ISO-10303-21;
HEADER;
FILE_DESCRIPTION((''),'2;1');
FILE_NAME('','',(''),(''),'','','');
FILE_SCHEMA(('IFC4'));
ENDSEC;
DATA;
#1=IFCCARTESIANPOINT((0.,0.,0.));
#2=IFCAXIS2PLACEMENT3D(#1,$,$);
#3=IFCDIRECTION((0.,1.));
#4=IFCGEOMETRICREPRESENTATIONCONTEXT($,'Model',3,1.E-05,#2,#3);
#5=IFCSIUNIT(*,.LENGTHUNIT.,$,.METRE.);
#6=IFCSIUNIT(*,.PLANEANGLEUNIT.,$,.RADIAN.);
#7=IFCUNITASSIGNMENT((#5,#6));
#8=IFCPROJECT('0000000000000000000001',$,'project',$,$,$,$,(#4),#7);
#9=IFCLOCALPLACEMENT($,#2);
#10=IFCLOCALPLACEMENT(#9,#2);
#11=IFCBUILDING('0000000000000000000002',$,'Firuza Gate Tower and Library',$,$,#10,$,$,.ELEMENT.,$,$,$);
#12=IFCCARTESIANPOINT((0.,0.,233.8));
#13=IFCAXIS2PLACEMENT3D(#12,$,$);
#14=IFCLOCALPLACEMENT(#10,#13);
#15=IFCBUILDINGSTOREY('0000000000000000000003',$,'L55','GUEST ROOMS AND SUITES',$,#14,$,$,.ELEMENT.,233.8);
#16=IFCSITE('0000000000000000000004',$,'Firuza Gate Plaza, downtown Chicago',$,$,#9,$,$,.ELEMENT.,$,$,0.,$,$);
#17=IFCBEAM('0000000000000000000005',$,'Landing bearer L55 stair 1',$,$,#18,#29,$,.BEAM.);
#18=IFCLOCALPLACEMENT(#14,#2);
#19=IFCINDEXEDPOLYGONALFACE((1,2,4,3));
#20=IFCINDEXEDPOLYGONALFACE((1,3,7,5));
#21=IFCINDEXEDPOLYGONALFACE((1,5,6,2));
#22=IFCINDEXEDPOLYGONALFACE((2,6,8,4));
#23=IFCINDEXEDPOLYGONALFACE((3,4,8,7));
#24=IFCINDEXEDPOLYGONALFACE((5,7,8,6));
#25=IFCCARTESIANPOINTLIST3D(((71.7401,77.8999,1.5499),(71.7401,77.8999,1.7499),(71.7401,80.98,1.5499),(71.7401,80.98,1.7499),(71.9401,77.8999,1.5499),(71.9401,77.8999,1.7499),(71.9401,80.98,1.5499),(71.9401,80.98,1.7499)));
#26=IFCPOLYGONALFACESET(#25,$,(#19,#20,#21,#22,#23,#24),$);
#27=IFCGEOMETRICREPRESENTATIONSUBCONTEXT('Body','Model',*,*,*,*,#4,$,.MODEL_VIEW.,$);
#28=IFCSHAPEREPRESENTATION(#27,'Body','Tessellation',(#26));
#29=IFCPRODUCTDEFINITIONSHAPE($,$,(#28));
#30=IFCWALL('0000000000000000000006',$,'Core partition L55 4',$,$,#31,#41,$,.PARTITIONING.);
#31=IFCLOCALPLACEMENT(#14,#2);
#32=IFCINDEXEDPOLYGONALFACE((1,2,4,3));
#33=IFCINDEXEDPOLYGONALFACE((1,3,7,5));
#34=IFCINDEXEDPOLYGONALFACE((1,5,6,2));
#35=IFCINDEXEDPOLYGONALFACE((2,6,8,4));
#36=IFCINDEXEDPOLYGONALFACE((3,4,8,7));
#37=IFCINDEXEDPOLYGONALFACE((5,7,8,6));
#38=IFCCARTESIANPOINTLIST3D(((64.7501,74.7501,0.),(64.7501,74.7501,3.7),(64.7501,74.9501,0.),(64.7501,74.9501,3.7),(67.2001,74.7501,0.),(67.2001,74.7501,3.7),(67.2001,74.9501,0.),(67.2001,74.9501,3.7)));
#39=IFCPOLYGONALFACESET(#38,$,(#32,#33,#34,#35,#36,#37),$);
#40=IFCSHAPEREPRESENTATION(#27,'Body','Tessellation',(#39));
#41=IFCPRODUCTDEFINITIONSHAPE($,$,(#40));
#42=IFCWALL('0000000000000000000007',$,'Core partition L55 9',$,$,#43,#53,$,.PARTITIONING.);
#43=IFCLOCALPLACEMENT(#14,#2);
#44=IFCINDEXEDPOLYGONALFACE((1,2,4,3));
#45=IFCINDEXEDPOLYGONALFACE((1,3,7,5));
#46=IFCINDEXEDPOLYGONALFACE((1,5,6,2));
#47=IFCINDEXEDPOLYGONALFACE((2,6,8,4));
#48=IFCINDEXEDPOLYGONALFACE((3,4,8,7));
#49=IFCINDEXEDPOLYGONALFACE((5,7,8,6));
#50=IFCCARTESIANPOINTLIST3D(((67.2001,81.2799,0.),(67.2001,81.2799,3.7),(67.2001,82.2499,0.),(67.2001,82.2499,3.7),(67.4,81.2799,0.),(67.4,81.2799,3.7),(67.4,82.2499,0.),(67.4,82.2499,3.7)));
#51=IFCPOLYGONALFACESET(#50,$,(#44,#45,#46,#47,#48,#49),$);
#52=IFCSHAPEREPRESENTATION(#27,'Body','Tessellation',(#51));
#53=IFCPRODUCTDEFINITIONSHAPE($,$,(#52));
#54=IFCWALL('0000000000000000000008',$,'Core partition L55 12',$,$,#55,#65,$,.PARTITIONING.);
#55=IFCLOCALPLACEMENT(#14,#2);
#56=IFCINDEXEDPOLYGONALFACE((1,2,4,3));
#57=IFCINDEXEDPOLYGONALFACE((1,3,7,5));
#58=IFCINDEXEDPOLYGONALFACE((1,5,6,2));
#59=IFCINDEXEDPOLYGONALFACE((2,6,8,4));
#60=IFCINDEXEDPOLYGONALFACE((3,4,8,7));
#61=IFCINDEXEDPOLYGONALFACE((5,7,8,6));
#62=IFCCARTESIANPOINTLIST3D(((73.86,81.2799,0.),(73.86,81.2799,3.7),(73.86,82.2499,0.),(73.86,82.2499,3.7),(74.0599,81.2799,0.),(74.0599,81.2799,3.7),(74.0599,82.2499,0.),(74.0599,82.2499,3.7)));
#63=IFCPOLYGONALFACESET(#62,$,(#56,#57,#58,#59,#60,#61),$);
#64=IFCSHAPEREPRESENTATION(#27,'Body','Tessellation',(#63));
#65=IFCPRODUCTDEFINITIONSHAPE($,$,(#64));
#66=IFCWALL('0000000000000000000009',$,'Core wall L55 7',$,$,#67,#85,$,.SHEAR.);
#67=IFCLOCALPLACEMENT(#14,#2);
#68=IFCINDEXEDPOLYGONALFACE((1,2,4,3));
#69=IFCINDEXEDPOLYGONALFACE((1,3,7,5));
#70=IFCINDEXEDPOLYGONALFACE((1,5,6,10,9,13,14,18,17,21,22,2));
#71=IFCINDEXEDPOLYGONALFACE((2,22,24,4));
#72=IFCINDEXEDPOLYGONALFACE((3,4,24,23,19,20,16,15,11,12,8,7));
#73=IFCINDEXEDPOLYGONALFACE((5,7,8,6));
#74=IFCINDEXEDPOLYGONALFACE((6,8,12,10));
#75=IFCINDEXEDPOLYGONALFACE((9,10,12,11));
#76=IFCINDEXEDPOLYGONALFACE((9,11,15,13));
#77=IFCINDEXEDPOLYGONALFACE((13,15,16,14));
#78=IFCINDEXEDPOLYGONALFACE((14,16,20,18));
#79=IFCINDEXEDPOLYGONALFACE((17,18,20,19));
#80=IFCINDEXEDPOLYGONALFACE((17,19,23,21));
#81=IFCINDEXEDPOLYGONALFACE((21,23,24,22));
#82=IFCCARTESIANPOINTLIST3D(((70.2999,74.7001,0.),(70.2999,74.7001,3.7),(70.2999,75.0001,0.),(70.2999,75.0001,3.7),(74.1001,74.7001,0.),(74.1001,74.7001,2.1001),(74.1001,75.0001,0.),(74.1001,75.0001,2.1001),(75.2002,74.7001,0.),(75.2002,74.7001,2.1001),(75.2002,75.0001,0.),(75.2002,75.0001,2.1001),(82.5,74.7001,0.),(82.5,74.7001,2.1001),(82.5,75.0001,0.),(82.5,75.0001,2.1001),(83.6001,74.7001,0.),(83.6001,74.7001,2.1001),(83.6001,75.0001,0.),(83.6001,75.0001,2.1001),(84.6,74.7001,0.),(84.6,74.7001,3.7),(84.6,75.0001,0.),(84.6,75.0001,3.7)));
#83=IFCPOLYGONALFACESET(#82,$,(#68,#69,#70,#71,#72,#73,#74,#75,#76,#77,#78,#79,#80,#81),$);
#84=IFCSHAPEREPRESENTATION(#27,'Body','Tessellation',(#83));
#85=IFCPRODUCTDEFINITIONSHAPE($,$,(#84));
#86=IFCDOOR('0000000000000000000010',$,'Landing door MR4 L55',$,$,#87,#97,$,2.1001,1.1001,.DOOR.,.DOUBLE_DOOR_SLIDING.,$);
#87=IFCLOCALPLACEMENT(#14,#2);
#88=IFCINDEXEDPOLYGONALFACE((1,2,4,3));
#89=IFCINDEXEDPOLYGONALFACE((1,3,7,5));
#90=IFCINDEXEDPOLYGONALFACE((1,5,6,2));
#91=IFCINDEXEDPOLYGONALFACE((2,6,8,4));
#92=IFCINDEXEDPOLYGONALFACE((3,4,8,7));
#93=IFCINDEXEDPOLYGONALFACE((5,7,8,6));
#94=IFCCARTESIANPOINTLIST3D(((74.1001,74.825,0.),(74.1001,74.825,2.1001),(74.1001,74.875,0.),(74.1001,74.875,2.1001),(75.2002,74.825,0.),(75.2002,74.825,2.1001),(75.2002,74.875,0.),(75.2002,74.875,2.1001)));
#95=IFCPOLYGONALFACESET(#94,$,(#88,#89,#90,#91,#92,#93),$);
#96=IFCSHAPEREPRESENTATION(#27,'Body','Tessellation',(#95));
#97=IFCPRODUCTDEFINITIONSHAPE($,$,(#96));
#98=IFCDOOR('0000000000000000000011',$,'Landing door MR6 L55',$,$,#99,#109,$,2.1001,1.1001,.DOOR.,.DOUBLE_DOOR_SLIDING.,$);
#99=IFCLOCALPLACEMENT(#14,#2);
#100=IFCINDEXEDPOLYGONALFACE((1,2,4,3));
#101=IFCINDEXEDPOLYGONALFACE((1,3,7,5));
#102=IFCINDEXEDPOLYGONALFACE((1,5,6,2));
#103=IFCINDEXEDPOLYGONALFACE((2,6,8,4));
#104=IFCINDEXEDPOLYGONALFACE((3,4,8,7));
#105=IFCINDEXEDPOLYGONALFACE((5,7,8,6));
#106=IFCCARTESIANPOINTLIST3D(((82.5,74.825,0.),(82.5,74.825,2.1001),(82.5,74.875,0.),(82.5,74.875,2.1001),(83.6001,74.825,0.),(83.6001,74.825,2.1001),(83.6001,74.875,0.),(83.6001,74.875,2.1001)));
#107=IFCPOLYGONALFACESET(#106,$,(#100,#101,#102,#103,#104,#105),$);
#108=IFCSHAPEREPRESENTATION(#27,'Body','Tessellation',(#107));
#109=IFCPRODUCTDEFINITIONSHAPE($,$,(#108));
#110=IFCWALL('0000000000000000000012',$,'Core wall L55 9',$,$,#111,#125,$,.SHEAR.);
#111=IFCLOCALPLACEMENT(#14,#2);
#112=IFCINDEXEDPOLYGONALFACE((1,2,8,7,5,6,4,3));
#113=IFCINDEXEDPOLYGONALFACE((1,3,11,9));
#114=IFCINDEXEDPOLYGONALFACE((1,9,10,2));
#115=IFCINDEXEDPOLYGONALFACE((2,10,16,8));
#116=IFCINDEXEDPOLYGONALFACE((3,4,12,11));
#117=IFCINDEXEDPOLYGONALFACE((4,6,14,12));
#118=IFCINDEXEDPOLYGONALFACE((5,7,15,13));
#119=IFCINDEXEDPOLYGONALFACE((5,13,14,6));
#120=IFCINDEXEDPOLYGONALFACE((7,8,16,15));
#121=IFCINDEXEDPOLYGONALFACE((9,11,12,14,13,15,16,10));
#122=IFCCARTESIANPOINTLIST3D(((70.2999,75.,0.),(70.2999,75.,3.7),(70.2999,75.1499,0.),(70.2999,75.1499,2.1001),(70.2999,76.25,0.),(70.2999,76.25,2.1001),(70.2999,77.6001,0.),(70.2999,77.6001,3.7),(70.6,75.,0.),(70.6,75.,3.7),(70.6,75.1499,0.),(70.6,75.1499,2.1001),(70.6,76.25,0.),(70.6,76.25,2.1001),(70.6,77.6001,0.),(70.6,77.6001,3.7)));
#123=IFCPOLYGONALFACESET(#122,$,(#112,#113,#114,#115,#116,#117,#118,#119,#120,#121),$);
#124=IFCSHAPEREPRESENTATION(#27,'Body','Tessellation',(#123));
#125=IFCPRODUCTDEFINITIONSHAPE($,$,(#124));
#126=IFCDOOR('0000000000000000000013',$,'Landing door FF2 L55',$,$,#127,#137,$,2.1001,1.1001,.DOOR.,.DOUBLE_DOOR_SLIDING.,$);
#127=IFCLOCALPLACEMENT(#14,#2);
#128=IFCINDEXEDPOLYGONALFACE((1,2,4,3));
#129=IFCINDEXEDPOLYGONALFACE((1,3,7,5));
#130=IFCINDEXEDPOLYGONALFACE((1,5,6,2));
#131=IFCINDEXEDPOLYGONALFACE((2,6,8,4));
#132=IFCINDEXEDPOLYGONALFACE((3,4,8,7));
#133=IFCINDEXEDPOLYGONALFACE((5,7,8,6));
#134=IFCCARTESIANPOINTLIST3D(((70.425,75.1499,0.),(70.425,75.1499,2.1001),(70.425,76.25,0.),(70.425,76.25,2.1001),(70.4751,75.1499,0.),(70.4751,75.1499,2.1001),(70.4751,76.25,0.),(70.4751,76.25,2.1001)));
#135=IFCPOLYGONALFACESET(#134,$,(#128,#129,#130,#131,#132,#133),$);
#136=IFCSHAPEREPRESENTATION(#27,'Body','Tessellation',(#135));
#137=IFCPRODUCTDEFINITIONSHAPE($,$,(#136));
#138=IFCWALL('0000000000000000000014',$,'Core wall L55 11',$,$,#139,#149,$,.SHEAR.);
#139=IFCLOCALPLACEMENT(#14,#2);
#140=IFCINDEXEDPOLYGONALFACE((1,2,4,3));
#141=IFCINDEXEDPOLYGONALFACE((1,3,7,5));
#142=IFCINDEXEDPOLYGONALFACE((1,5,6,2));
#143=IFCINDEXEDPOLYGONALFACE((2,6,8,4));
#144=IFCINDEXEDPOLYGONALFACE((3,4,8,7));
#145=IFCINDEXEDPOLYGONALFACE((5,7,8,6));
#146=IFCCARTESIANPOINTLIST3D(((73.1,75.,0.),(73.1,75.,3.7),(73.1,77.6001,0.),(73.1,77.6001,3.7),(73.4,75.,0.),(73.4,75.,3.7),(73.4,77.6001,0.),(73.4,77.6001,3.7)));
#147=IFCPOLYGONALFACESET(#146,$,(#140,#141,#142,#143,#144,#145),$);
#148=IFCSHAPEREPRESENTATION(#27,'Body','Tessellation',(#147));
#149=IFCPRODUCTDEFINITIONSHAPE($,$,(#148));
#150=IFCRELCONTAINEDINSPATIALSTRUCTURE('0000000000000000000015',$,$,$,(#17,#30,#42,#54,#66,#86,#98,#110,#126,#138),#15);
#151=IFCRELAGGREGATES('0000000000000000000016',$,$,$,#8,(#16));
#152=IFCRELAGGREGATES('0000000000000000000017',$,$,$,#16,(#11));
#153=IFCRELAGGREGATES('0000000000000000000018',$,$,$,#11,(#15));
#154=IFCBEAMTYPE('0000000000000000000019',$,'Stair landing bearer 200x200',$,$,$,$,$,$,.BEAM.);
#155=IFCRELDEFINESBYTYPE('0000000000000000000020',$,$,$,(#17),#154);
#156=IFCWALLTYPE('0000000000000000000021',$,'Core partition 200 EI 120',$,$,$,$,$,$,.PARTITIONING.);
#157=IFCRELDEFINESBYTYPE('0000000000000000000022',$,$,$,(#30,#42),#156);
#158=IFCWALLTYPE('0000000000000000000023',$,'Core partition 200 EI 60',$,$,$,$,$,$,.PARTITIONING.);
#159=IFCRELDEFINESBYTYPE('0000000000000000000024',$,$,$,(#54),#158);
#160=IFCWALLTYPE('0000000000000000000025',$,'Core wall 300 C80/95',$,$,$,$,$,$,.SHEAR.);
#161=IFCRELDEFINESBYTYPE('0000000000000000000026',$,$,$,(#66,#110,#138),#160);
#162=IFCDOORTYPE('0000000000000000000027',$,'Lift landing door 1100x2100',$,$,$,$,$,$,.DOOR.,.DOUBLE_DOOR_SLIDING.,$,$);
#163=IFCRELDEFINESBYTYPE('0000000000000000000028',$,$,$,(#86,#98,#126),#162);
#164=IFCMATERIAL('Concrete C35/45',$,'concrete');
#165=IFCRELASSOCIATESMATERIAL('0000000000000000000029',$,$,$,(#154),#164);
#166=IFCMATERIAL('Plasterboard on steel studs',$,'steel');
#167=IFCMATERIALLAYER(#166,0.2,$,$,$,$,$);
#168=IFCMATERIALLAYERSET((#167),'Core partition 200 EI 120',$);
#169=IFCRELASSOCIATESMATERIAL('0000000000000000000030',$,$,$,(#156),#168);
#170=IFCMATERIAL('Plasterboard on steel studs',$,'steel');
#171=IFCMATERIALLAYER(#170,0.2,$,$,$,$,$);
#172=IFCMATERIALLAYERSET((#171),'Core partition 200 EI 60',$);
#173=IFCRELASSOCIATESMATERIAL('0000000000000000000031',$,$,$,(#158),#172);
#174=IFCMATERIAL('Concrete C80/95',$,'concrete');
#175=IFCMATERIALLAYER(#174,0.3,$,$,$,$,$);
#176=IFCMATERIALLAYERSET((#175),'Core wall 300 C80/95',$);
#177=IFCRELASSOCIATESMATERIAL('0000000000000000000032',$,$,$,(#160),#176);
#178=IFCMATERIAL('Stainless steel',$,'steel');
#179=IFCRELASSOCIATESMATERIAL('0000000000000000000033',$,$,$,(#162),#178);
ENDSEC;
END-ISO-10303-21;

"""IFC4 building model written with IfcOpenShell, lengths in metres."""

from ifc_helpers import new_model, si_unit, direction, frame, frame_2d, origin, origin_2d, place, context, subcontext, project, spatial, rectangle, extrude, material, layer, layer_set, material_profile, profile_set, type_object, element, fill, save


model = new_model("IFC4")

# Units and contexts
model_context = context("Model", 3, precision=1e-05, world=origin(), true_north=direction((0.0, 1.0)))
body_context = subcontext(model_context, "Body", "Model", "MODEL_VIEW")
ifc_project = project(units=[si_unit("LENGTHUNIT", "METRE"), si_unit("PLANEANGLEUNIT", "RADIAN")], contexts=[model_context])

# Site, building, storey
site_placement = place(None, origin())
site = spatial("IfcSite", under=ifc_project, at=site_placement, Name="Firuza Gate Plaza, downtown Chicago", CompositionType="ELEMENT", RefElevation=0.0)
building_placement = place(site_placement, origin())
building = spatial("IfcBuilding", under=site, at=building_placement, Name="Firuza Gate Tower and Library", CompositionType="ELEMENT")
storey_placement = place(building_placement, frame((0.0, 0.0, 233.8)))
storey = spatial("IfcBuildingStorey", under=building, at=storey_placement, Name="L55", Description="GUEST ROOMS AND SUITES", CompositionType="ELEMENT", Elevation=233.8)

# Beam
ifc_material_1 = material(Name="Concrete C35/45", Category="concrete")
ifc_material_profile = material_profile(ifc_material_1, rectangle(XDim=0.2, YDim=0.2, at=origin_2d()))
ifc_profile_set = profile_set([ifc_material_profile], Name="Concrete C35/45")
beam_type = type_object("IfcBeamType", Name="Stair landing bearer 200x200", PredefinedType="BEAM", material=ifc_profile_set)
beam_placement = place(storey_placement, frame((71.8401, 77.8999, 1.6499), z_axis=(0.0, 1.0, 0.0), x_axis=(-1.0, 0.0, 0.0)))
element("IfcBeam", 1, at=beam_placement, inside=storey, type_object=beam_type, Name="Landing bearer L55 stair 1", PredefinedType="BEAM", context=body_context, shape_type="SweptSolid", body=[
    extrude(rectangle(XDim=0.2, YDim=0.2, at=origin_2d()), origin(), (0.0, 0.0, 1.0), 3.0801),
])

# Walls
ifc_material_2 = material(Name="Plasterboard on steel studs", Category="steel")
ifc_layer_1 = layer(ifc_material_2, 0.2)
ifc_layer_set_1 = layer_set([ifc_layer_1], Name="Core partition 200 EI 120")
wall_type_1 = type_object("IfcWallType", Name="Core partition 200 EI 120", PredefinedType="PARTITIONING", material=ifc_layer_set_1)
wall_1_placement = place(storey_placement, frame((64.75, 74.8501, 0.0), z_axis=(0.0, 0.0, 1.0), x_axis=(1.0, 0.0, 0.0)))
element("IfcWall", 2, at=wall_1_placement, inside=storey, type_object=wall_type_1, Name="Core partition L55 4", PredefinedType="PARTITIONING", context=body_context, shape_type="SweptSolid", body=[
    extrude(rectangle(XDim=2.45, YDim=0.2, at=frame_2d((1.2251, 0.0))), origin(), (0.0, 0.0, 1.0), 3.7),
])
wall_2_placement = place(storey_placement, frame((67.3, 81.28, 0.0), z_axis=(0.0, 0.0, 1.0), x_axis=(0.0, 1.0, 0.0)))
element("IfcWall", 3, at=wall_2_placement, inside=storey, type_object=wall_type_1, Name="Core partition L55 9", PredefinedType="PARTITIONING", context=body_context, shape_type="SweptSolid", body=[
    extrude(rectangle(XDim=0.97, YDim=0.2, at=frame_2d((0.4849, 0.0))), origin(), (0.0, 0.0, 1.0), 3.7),
])
ifc_material_3 = material(Name="Plasterboard on steel studs", Category="steel")
ifc_layer_2 = layer(ifc_material_3, 0.2)
ifc_layer_set_2 = layer_set([ifc_layer_2], Name="Core partition 200 EI 60")
wall_type_2 = type_object("IfcWallType", Name="Core partition 200 EI 60", PredefinedType="PARTITIONING", material=ifc_layer_set_2)
wall_3_placement = place(storey_placement, frame((73.96, 81.28, 0.0), z_axis=(0.0, 0.0, 1.0), x_axis=(0.0, 1.0, 0.0)))
element("IfcWall", 4, at=wall_3_placement, inside=storey, type_object=wall_type_2, Name="Core partition L55 12", PredefinedType="PARTITIONING", context=body_context, shape_type="SweptSolid", body=[
    extrude(rectangle(XDim=0.97, YDim=0.2, at=frame_2d((0.4849, 0.0))), origin(), (0.0, 0.0, 1.0), 3.7),
])

# Wall, openings, doors
ifc_material_4 = material(Name="Concrete C80/95", Category="concrete")
ifc_layer_3 = layer(ifc_material_4, 0.3)
ifc_layer_set_3 = layer_set([ifc_layer_3], Name="Core wall 300 C80/95")
wall_type_3 = type_object("IfcWallType", Name="Core wall 300 C80/95", PredefinedType="SHEAR", material=ifc_layer_set_3)
wall_4_placement = place(storey_placement, frame((70.3, 74.8501, 0.0), z_axis=(0.0, 0.0, 1.0), x_axis=(1.0, 0.0, 0.0)))
wall_4 = element("IfcWall", 5, at=wall_4_placement, inside=storey, type_object=wall_type_3, Name="Core wall L55 7", PredefinedType="SHEAR", context=body_context, shape_type="SweptSolid", body=[
    extrude(rectangle(XDim=14.3, YDim=0.3, at=frame_2d((7.1499, 0.0))), origin(), (0.0, 0.0, 1.0), 3.7),
])
opening_1_placement = place(wall_4_placement, frame((3.8, 0.0, 0.0)))
opening_1 = element("IfcOpeningElement", 6, at=opening_1_placement, cuts=wall_4, PredefinedType="OPENING", context=body_context, shape_type="SweptSolid", body=[
    extrude(rectangle(XDim=1.1001, YDim=2.1001, at=frame_2d((0.55, 1.05))), frame((0.0, 0.1602, 0.0), z_axis=(0.0, -1.0, 0.0), x_axis=(1.0, 0.0, 0.0)), (0.0, 0.0, 1.0), 0.3201),
])
opening_2_placement = place(wall_4_placement, frame((12.2, 0.0, 0.0)))
opening_2 = element("IfcOpeningElement", 7, at=opening_2_placement, cuts=wall_4, PredefinedType="OPENING", context=body_context, shape_type="SweptSolid", body=[
    extrude(rectangle(XDim=1.1001, YDim=2.1001, at=frame_2d((0.55, 1.05))), frame((0.0, 0.1602, 0.0), z_axis=(0.0, -1.0, 0.0), x_axis=(1.0, 0.0, 0.0)), (0.0, 0.0, 1.0), 0.3201),
])
ifc_material_5 = material(Name="Stainless steel", Category="steel")
door_type_1 = type_object("IfcDoorType", Name="Lift landing door 1100x2100", OperationType="DOUBLE_DOOR_SLIDING", PredefinedType="DOOR", material=ifc_material_5)
door_1_placement = place(opening_1_placement, origin())
door_1 = element("IfcDoor", 8, at=door_1_placement, inside=storey, type_object=door_type_1, Name="Landing door MR4 L55", OperationType="DOUBLE_DOOR_SLIDING", OverallHeight=2.1001, OverallWidth=1.1001, PredefinedType="DOOR", context=body_context, shape_type="SweptSolid", body=[
    extrude(rectangle(XDim=1.1001, YDim=2.1001, at=frame_2d((0.55, 1.05))), frame((0.0, 0.0249, 0.0), z_axis=(0.0, -1.0, 0.0), x_axis=(1.0, 0.0, 0.0)), (0.0, 0.0, 1.0), 0.05),
])
fill(opening_1, door_1)
door_2_placement = place(opening_2_placement, origin())
door_2 = element("IfcDoor", 9, at=door_2_placement, inside=storey, type_object=door_type_1, Name="Landing door MR6 L55", OperationType="DOUBLE_DOOR_SLIDING", OverallHeight=2.1001, OverallWidth=1.1001, PredefinedType="DOOR", context=body_context, shape_type="SweptSolid", body=[
    extrude(rectangle(XDim=1.1001, YDim=2.1001, at=frame_2d((0.55, 1.05))), frame((0.0, 0.0249, 0.0), z_axis=(0.0, -1.0, 0.0), x_axis=(1.0, 0.0, 0.0)), (0.0, 0.0, 1.0), 0.05),
])
fill(opening_2, door_2)

# Wall, opening, door
wall_5_placement = place(storey_placement, frame((70.45, 75.0, 0.0), z_axis=(0.0, 0.0, 1.0), x_axis=(0.0, 1.0, 0.0)))
wall_5 = element("IfcWall", 10, at=wall_5_placement, inside=storey, type_object=wall_type_3, Name="Core wall L55 9", PredefinedType="SHEAR", context=body_context, shape_type="SweptSolid", body=[
    extrude(rectangle(XDim=2.6001, YDim=0.3, at=frame_2d((1.3, 0.0))), origin(), (0.0, 0.0, 1.0), 3.7),
])
opening_3_placement = place(wall_5_placement, frame((0.1499, 0.0, 0.0)))
opening_3 = element("IfcOpeningElement", 11, at=opening_3_placement, cuts=wall_5, PredefinedType="OPENING", context=body_context, shape_type="SweptSolid", body=[
    extrude(rectangle(XDim=1.1001, YDim=2.1001, at=frame_2d((0.55, 1.05))), frame((0.0, 0.1602, 0.0), z_axis=(0.0, -1.0, 0.0), x_axis=(1.0, 0.0, 0.0)), (0.0, 0.0, 1.0), 0.3201),
])
door_3_placement = place(opening_3_placement, origin())
door_3 = element("IfcDoor", 12, at=door_3_placement, inside=storey, type_object=door_type_1, Name="Landing door FF2 L55", OperationType="DOUBLE_DOOR_SLIDING", OverallHeight=2.1001, OverallWidth=1.1001, PredefinedType="DOOR", context=body_context, shape_type="SweptSolid", body=[
    extrude(rectangle(XDim=1.1001, YDim=2.1001, at=frame_2d((0.55, 1.05))), frame((0.0, 0.0249, 0.0), z_axis=(0.0, -1.0, 0.0), x_axis=(1.0, 0.0, 0.0)), (0.0, 0.0, 1.0), 0.05),
])
fill(opening_3, door_3)

# Wall
wall_6_placement = place(storey_placement, frame((73.25, 75.0, 0.0), z_axis=(0.0, 0.0, 1.0), x_axis=(0.0, 1.0, 0.0)))
element("IfcWall", 13, at=wall_6_placement, inside=storey, type_object=wall_type_3, Name="Core wall L55 11", PredefinedType="SHEAR", context=body_context, shape_type="SweptSolid", body=[
    extrude(rectangle(XDim=2.6001, YDim=0.3, at=frame_2d((1.3, 0.0))), origin(), (0.0, 0.0, 1.0), 3.7),
])

save(model, "model.ifc")
